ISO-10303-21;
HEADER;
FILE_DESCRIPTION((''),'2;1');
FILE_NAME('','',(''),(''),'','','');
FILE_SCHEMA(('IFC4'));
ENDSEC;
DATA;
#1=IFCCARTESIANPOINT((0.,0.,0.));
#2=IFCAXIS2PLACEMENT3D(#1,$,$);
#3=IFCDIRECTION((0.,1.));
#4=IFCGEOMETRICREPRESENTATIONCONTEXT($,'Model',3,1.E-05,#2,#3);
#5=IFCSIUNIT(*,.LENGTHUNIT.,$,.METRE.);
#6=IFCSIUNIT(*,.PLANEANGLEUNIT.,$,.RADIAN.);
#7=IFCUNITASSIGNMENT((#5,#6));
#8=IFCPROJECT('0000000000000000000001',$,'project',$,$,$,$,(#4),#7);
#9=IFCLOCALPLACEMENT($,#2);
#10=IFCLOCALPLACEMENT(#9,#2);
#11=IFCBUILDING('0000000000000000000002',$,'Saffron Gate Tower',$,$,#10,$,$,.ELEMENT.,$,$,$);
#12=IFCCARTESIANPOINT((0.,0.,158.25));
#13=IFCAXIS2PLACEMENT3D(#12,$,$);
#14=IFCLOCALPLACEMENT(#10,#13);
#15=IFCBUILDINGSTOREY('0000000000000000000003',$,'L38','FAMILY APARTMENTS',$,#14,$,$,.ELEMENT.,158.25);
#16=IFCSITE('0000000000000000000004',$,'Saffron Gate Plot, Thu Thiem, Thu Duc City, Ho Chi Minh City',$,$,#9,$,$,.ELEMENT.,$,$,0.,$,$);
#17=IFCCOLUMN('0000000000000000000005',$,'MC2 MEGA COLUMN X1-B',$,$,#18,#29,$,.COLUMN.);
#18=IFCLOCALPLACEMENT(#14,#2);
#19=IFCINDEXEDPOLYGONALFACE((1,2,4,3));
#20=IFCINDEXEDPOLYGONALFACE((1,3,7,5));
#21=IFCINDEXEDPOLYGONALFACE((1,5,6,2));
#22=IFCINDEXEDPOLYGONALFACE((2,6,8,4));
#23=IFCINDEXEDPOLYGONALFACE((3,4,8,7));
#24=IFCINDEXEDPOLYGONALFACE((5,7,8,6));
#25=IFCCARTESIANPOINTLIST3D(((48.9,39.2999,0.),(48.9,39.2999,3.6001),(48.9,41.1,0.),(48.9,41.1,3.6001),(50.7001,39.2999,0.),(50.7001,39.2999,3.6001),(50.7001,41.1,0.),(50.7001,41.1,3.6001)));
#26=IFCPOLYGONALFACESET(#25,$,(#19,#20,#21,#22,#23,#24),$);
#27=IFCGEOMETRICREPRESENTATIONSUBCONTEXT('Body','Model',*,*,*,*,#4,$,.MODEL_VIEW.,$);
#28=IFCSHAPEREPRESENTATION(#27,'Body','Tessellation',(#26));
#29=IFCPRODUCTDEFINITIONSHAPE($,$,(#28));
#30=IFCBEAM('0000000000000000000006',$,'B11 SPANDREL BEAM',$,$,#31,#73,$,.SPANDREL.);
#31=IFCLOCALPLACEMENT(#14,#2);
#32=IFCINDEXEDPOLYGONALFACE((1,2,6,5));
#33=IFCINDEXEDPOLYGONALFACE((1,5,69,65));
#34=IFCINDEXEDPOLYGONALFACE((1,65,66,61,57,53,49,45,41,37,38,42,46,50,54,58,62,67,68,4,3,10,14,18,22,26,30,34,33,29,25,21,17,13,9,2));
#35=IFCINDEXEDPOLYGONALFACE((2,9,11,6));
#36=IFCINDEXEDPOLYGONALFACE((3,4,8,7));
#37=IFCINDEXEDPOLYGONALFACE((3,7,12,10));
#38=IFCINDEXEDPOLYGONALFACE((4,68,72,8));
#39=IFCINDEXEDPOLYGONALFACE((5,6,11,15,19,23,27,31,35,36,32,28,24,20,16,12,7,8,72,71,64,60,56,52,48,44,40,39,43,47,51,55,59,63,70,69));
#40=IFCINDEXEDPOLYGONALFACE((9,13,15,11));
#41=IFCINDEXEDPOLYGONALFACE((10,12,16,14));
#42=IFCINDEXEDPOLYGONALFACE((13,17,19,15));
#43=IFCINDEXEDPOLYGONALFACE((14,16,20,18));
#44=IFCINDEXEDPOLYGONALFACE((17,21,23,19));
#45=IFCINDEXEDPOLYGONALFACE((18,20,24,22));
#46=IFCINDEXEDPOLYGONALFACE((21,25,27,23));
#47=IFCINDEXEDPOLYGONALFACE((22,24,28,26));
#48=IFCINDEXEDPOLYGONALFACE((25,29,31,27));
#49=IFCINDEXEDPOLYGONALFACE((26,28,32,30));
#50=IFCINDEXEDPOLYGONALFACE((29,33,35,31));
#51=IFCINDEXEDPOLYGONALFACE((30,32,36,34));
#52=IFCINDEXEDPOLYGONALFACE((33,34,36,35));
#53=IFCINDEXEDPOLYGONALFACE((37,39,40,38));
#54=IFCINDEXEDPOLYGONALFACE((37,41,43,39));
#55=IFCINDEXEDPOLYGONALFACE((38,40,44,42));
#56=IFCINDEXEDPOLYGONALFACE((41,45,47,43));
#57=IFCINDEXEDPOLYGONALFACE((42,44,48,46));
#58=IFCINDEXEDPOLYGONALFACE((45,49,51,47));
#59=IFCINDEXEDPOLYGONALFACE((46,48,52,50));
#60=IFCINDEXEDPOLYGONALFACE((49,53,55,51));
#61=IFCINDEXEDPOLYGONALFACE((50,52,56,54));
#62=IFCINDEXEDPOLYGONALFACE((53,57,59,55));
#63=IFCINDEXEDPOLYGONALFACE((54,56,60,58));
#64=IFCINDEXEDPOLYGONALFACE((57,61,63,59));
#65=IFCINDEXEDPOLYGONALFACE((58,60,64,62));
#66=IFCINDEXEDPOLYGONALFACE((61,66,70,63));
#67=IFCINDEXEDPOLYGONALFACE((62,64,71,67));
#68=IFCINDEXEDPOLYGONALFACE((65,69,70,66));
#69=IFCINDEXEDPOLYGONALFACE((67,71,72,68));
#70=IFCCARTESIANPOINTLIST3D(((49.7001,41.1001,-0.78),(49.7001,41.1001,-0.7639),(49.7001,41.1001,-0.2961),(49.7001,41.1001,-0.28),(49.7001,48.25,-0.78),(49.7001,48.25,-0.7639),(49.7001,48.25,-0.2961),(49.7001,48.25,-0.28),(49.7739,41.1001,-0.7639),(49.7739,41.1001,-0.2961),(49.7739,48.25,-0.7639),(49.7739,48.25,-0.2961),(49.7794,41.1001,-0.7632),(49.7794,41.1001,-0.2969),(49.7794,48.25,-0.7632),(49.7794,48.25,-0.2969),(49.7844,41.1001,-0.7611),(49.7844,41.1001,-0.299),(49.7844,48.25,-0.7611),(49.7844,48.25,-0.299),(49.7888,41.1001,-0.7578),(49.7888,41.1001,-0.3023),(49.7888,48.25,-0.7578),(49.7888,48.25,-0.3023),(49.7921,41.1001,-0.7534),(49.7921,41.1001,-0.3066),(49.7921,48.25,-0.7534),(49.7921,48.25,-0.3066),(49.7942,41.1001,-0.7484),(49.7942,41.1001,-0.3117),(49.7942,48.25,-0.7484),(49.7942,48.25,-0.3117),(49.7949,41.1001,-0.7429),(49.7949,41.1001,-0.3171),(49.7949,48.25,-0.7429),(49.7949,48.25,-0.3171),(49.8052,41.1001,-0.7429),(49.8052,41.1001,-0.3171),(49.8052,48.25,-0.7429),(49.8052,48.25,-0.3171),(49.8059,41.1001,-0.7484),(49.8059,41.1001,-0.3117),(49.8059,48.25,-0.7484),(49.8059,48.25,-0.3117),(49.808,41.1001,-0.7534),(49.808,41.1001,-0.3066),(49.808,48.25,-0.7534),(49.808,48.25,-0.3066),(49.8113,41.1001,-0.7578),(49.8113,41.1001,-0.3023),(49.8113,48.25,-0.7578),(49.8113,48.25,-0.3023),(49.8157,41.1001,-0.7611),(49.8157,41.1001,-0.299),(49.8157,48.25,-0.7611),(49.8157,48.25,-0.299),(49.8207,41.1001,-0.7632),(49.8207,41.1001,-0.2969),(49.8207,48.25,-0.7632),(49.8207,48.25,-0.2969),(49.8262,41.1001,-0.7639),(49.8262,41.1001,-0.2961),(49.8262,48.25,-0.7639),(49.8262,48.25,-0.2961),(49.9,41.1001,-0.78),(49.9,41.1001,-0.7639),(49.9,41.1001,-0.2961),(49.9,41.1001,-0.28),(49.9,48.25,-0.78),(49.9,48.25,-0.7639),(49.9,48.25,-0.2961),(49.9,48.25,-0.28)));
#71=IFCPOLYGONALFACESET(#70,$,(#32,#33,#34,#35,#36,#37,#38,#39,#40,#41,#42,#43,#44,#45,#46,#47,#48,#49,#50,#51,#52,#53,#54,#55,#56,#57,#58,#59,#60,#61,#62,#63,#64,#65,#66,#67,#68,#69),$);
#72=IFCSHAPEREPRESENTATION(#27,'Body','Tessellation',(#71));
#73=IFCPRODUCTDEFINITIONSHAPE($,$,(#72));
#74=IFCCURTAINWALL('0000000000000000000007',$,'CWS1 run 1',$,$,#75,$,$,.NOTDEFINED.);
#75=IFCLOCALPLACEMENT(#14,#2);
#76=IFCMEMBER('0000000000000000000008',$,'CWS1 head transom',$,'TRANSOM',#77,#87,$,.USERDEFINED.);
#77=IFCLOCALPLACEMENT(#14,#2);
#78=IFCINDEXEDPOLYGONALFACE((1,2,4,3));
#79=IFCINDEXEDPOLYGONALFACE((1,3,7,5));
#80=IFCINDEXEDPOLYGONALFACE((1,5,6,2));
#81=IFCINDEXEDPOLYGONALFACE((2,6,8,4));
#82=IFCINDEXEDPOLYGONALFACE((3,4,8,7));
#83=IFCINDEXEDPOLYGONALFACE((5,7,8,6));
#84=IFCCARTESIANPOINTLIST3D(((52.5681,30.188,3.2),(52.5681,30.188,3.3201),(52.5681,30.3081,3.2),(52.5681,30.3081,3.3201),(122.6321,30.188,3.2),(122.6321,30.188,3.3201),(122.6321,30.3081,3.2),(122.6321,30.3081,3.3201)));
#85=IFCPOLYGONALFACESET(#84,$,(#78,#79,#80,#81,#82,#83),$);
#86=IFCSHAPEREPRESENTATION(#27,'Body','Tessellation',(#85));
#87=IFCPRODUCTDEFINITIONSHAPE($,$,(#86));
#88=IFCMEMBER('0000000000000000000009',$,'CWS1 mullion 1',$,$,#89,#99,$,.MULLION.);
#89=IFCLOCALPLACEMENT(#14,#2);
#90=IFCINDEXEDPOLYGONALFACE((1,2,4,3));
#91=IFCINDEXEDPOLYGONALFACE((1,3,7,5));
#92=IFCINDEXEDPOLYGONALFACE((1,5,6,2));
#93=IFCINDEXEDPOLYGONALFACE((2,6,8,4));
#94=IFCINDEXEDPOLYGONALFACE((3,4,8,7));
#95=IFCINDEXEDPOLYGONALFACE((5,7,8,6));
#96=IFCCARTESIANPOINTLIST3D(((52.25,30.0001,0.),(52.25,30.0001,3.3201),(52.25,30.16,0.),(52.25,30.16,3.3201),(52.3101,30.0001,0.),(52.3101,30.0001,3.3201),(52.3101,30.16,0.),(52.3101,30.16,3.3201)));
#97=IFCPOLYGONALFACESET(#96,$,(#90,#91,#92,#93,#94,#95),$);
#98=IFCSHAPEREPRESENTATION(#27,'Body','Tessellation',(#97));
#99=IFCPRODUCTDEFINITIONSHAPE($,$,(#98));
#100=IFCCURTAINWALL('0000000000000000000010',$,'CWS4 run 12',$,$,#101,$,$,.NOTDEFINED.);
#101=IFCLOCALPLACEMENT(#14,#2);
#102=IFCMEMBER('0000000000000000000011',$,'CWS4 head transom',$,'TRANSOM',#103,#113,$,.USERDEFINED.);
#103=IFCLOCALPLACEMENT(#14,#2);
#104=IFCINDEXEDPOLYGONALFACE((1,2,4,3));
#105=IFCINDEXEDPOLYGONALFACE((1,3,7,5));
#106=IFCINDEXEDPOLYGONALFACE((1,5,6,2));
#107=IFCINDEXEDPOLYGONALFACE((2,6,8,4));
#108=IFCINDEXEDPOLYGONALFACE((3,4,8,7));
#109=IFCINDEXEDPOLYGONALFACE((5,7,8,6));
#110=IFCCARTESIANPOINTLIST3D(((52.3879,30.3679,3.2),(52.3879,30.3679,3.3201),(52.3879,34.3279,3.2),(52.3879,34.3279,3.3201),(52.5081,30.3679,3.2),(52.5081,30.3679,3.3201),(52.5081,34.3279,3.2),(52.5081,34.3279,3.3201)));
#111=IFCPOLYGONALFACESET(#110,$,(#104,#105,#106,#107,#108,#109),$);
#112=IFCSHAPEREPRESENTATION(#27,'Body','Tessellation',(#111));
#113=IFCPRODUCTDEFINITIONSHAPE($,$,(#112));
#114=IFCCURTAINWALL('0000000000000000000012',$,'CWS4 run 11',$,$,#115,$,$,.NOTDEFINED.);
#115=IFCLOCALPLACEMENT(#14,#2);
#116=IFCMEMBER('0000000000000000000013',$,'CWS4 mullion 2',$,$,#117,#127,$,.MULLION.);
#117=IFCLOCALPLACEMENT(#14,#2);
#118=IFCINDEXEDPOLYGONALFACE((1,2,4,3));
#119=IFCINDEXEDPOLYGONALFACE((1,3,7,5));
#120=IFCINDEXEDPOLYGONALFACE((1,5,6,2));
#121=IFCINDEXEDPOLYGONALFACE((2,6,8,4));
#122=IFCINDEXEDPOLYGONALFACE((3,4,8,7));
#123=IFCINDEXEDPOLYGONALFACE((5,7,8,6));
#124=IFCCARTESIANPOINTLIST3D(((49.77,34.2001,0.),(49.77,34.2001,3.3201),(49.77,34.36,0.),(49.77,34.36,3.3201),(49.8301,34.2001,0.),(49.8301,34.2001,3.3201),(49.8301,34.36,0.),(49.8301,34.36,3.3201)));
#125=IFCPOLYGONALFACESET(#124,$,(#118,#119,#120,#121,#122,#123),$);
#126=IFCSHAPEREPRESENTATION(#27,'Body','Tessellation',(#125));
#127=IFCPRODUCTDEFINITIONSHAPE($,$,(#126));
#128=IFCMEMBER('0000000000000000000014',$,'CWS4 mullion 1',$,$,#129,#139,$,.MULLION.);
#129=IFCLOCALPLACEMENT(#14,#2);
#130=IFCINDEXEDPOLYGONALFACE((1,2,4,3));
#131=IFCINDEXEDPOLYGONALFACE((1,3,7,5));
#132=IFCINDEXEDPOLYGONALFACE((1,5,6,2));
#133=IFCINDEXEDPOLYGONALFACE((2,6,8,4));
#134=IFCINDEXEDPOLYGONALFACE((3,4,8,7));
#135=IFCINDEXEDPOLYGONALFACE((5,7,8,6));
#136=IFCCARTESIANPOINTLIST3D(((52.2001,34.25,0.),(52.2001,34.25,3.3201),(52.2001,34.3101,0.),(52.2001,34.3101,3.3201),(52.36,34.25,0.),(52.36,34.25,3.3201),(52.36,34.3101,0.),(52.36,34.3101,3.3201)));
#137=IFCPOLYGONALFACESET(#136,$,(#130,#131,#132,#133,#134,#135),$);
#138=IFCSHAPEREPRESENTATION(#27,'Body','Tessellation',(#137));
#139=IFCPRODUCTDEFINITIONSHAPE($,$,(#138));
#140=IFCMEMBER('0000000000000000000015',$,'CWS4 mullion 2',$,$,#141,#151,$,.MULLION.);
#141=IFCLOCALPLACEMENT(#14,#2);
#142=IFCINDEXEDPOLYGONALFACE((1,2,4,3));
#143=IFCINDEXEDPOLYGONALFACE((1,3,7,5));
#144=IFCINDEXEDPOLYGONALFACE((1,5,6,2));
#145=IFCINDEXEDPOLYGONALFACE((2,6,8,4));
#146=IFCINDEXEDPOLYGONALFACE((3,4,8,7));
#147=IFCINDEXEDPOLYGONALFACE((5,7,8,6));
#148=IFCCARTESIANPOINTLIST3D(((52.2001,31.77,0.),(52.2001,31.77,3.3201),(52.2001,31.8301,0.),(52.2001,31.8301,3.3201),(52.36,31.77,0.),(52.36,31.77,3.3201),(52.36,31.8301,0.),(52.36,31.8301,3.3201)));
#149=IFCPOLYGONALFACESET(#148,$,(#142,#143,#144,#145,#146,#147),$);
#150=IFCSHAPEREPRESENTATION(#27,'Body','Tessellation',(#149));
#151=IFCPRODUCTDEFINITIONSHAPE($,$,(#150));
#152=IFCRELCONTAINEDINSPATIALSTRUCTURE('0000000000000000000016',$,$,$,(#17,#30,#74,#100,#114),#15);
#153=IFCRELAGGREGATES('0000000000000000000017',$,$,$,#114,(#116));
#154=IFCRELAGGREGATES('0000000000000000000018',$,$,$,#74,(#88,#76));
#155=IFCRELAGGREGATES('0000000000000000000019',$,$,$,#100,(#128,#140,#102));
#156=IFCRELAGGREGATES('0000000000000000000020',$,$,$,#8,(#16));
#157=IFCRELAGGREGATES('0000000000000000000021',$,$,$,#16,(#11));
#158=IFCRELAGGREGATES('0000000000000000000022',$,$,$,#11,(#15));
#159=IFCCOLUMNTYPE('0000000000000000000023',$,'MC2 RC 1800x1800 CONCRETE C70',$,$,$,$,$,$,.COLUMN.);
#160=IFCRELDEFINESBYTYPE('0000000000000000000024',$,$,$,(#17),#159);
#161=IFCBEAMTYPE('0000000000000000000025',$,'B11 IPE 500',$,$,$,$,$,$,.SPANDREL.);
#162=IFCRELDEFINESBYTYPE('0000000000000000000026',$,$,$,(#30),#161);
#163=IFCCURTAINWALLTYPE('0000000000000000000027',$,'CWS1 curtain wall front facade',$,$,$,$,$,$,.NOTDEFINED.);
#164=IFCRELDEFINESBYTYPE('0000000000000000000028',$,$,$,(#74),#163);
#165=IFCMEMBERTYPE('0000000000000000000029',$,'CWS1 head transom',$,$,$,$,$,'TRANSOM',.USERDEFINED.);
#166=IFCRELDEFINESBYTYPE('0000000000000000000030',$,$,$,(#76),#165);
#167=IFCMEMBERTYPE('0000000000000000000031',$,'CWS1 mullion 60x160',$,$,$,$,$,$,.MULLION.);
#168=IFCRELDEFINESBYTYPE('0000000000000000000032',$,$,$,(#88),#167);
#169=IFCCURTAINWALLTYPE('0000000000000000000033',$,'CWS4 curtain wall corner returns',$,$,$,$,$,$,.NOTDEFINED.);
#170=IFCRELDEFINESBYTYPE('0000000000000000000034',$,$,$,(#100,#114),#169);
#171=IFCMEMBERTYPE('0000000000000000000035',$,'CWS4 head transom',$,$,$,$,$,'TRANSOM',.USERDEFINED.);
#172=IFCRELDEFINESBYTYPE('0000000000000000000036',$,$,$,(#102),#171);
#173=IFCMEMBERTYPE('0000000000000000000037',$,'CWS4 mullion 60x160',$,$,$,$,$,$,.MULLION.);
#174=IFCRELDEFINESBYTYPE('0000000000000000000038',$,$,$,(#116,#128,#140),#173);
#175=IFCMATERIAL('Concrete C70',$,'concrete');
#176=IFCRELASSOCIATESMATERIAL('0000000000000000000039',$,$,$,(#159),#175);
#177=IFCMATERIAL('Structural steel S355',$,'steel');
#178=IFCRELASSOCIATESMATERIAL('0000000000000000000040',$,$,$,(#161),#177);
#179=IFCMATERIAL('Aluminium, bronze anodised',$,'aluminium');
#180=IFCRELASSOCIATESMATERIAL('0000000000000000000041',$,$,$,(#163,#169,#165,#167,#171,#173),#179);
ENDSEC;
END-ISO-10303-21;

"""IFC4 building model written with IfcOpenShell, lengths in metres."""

from ifc_helpers import new_model, si_unit, direction, frame, origin, origin_2d, place, context, subcontext, project, spatial, rectangle, i_section, extrude, material, material_profile, profile_set, type_object, element, aggregate, save


model = new_model("IFC4")

# Units and contexts
model_context = context("Model", 3, precision=1e-05, world=origin(), true_north=direction((0.0, 1.0)))
body_context = subcontext(model_context, "Body", "Model", "MODEL_VIEW")
ifc_project = project(units=[si_unit("LENGTHUNIT", "METRE"), si_unit("PLANEANGLEUNIT", "RADIAN")], contexts=[model_context])

# Site, building, storey
site_placement = place(None, origin())
site = spatial("IfcSite", under=ifc_project, at=site_placement, Name="Saffron Gate Plot, Thu Thiem, Thu Duc City, Ho Chi Minh City", CompositionType="ELEMENT", RefElevation=0.0)
building_placement = place(site_placement, origin())
building = spatial("IfcBuilding", under=site, at=building_placement, Name="Saffron Gate Tower", CompositionType="ELEMENT")
storey_placement = place(building_placement, frame((0.0, 0.0, 158.25)))
storey = spatial("IfcBuildingStorey", under=building, at=storey_placement, Name="L38", Description="FAMILY APARTMENTS", CompositionType="ELEMENT", Elevation=158.25)

# Column
ifc_material_1 = material(Name="Concrete C70", Category="concrete")
ifc_material_profile_1 = material_profile(ifc_material_1, rectangle(XDim=1.8, YDim=1.8, at=origin_2d()))
ifc_profile_set_1 = profile_set([ifc_material_profile_1], Name="Concrete C70")
column_type = type_object("IfcColumnType", Name="MC2 RC 1800x1800 CONCRETE C70", PredefinedType="COLUMN", material=ifc_profile_set_1)
column_placement = place(storey_placement, frame((49.8, 40.2, 0.0), z_axis=(0.0, 0.0, 1.0), x_axis=(1.0, 0.0, 0.0)))
element("IfcColumn", 1, at=column_placement, inside=storey, type_object=column_type, Name="MC2 MEGA COLUMN X1-B", PredefinedType="COLUMN", context=body_context, shape_type="SweptSolid", body=[
    extrude(rectangle(XDim=1.8, YDim=1.8, at=origin_2d()), origin(), (0.0, 0.0, 1.0), 3.6001),
])

# Beam
ifc_material_2 = material(Name="Structural steel S355", Category="steel")
ifc_material_profile_2 = material_profile(ifc_material_2, i_section(OverallWidth=0.2, OverallDepth=0.5, WebThickness=0.0103, FlangeThickness=0.0161, FilletRadius=0.021, at=origin_2d()))
ifc_profile_set_2 = profile_set([ifc_material_profile_2], Name="Structural steel S355")
beam_type = type_object("IfcBeamType", Name="B11 IPE 500", PredefinedType="SPANDREL", material=ifc_profile_set_2)
beam_placement = place(storey_placement, frame((49.8, 41.1001, -0.53), z_axis=(0.0, 1.0, 0.0), x_axis=(-1.0, 0.0, 0.0)))
element("IfcBeam", 2, at=beam_placement, inside=storey, type_object=beam_type, Name="B11 SPANDREL BEAM", PredefinedType="SPANDREL", context=body_context, shape_type="SweptSolid", body=[
    extrude(i_section(OverallWidth=0.2, OverallDepth=0.5, WebThickness=0.0103, FlangeThickness=0.0161, FilletRadius=0.021, at=origin_2d()), origin(), (0.0, 0.0, 1.0), 7.1499),
])

# Curtain wall, members
ifc_material_3 = material(Name="Aluminium, bronze anodised", Category="aluminium")
curtain_wall_type_1 = type_object("IfcCurtainWallType", Name="CWS1 curtain wall front facade", PredefinedType="NOTDEFINED", material=ifc_material_3)
curtain_wall_1_placement = place(storey_placement, origin())
curtain_wall_1 = element("IfcCurtainWall", 3, at=curtain_wall_1_placement, inside=storey, type_object=curtain_wall_type_1, Name="CWS1 run 1", PredefinedType="NOTDEFINED")
ifc_material_profile_3 = material_profile(ifc_material_3, rectangle(XDim=0.1201, YDim=0.1201, at=origin_2d()))
ifc_profile_set_3 = profile_set([ifc_material_profile_3], Name="Aluminium, bronze anodised")
member_type_1 = type_object("IfcMemberType", Name="CWS1 head transom", ElementType="TRANSOM", PredefinedType="USERDEFINED", material=ifc_profile_set_3)
member_1_placement = place(storey_placement, frame((52.5681, 30.248, 3.26), z_axis=(1.0, 0.0, 0.0), x_axis=(0.0, 1.0, 0.0)))
member_1 = element("IfcMember", 4, at=member_1_placement, type_object=member_type_1, Name="CWS1 head transom", ObjectType="TRANSOM", PredefinedType="USERDEFINED", context=body_context, shape_type="SweptSolid", body=[
    extrude(rectangle(XDim=0.1201, YDim=0.1201, at=origin_2d()), origin(), (0.0, 0.0, 1.0), 70.064),
])
ifc_material_profile_4 = material_profile(ifc_material_3, rectangle(XDim=0.1599, YDim=0.0601, at=origin_2d()))
ifc_profile_set_4 = profile_set([ifc_material_profile_4], Name="Aluminium, bronze anodised")
member_type_2 = type_object("IfcMemberType", Name="CWS1 mullion 60x160", PredefinedType="MULLION", material=ifc_profile_set_4)
member_2_placement = place(storey_placement, frame((52.28, 30.0801, 0.0), z_axis=(0.0, 0.0, 1.0), x_axis=(0.0, 1.0, 0.0)))
member_2 = element("IfcMember", 5, at=member_2_placement, type_object=member_type_2, Name="CWS1 mullion 1", PredefinedType="MULLION", context=body_context, shape_type="SweptSolid", body=[
    extrude(rectangle(XDim=0.1599, YDim=0.0601, at=origin_2d()), origin(), (0.0, 0.0, 1.0), 3.3201),
])

# Curtain walls, members
curtain_wall_type_2 = type_object("IfcCurtainWallType", Name="CWS4 curtain wall corner returns", PredefinedType="NOTDEFINED", material=ifc_material_3)
curtain_wall_2_placement = place(storey_placement, origin())
curtain_wall_2 = element("IfcCurtainWall", 6, at=curtain_wall_2_placement, inside=storey, type_object=curtain_wall_type_2, Name="CWS4 run 12", PredefinedType="NOTDEFINED")
ifc_material_profile_5 = material_profile(ifc_material_3, rectangle(XDim=0.1201, YDim=0.1201, at=origin_2d()))
ifc_profile_set_5 = profile_set([ifc_material_profile_5], Name="Aluminium, bronze anodised")
member_type_3 = type_object("IfcMemberType", Name="CWS4 head transom", ElementType="TRANSOM", PredefinedType="USERDEFINED", material=ifc_profile_set_5)
member_3_placement = place(storey_placement, frame((52.448, 34.3279, 3.26), z_axis=(0.0, -1.0, 0.0), x_axis=(1.0, 0.0, 0.0)))
member_3 = element("IfcMember", 7, at=member_3_placement, type_object=member_type_3, Name="CWS4 head transom", ObjectType="TRANSOM", PredefinedType="USERDEFINED", context=body_context, shape_type="SweptSolid", body=[
    extrude(rectangle(XDim=0.1201, YDim=0.1201, at=origin_2d()), origin(), (0.0, 0.0, 1.0), 3.96),
])
curtain_wall_3_placement = place(storey_placement, origin())
curtain_wall_3 = element("IfcCurtainWall", 8, at=curtain_wall_3_placement, inside=storey, type_object=curtain_wall_type_2, Name="CWS4 run 11", PredefinedType="NOTDEFINED")
ifc_material_profile_6 = material_profile(ifc_material_3, rectangle(XDim=0.1599, YDim=0.0601, at=origin_2d()))
ifc_profile_set_6 = profile_set([ifc_material_profile_6], Name="Aluminium, bronze anodised")
member_type_4 = type_object("IfcMemberType", Name="CWS4 mullion 60x160", PredefinedType="MULLION", material=ifc_profile_set_6)
member_4_placement = place(storey_placement, frame((49.8, 34.28, 0.0), z_axis=(0.0, 0.0, 1.0), x_axis=(0.0, 1.0, 0.0)))
member_4 = element("IfcMember", 9, at=member_4_placement, type_object=member_type_4, Name="CWS4 mullion 2", PredefinedType="MULLION", context=body_context, shape_type="SweptSolid", body=[
    extrude(rectangle(XDim=0.1599, YDim=0.0601, at=origin_2d()), origin(), (0.0, 0.0, 1.0), 3.3201),
])
aggregate(curtain_wall_3, [member_4])

# Members
member_5_placement = place(storey_placement, frame((52.28, 34.28, 0.0), z_axis=(0.0, 0.0, 1.0), x_axis=(1.0, 0.0, 0.0)))
member_5 = element("IfcMember", 10, at=member_5_placement, type_object=member_type_4, Name="CWS4 mullion 1", PredefinedType="MULLION", context=body_context, shape_type="SweptSolid", body=[
    extrude(rectangle(XDim=0.1599, YDim=0.0601, at=origin_2d()), origin(), (0.0, 0.0, 1.0), 3.3201),
])
member_6_placement = place(storey_placement, frame((52.28, 31.8, 0.0), z_axis=(0.0, 0.0, 1.0), x_axis=(1.0, 0.0, 0.0)))
member_6 = element("IfcMember", 11, at=member_6_placement, type_object=member_type_4, Name="CWS4 mullion 2", PredefinedType="MULLION", context=body_context, shape_type="SweptSolid", body=[
    extrude(rectangle(XDim=0.1599, YDim=0.0601, at=origin_2d()), origin(), (0.0, 0.0, 1.0), 3.3201),
])

aggregate(curtain_wall_1, [member_2, member_1])

aggregate(curtain_wall_2, [member_5, member_6, member_3])

save(model, "model.ifc")
